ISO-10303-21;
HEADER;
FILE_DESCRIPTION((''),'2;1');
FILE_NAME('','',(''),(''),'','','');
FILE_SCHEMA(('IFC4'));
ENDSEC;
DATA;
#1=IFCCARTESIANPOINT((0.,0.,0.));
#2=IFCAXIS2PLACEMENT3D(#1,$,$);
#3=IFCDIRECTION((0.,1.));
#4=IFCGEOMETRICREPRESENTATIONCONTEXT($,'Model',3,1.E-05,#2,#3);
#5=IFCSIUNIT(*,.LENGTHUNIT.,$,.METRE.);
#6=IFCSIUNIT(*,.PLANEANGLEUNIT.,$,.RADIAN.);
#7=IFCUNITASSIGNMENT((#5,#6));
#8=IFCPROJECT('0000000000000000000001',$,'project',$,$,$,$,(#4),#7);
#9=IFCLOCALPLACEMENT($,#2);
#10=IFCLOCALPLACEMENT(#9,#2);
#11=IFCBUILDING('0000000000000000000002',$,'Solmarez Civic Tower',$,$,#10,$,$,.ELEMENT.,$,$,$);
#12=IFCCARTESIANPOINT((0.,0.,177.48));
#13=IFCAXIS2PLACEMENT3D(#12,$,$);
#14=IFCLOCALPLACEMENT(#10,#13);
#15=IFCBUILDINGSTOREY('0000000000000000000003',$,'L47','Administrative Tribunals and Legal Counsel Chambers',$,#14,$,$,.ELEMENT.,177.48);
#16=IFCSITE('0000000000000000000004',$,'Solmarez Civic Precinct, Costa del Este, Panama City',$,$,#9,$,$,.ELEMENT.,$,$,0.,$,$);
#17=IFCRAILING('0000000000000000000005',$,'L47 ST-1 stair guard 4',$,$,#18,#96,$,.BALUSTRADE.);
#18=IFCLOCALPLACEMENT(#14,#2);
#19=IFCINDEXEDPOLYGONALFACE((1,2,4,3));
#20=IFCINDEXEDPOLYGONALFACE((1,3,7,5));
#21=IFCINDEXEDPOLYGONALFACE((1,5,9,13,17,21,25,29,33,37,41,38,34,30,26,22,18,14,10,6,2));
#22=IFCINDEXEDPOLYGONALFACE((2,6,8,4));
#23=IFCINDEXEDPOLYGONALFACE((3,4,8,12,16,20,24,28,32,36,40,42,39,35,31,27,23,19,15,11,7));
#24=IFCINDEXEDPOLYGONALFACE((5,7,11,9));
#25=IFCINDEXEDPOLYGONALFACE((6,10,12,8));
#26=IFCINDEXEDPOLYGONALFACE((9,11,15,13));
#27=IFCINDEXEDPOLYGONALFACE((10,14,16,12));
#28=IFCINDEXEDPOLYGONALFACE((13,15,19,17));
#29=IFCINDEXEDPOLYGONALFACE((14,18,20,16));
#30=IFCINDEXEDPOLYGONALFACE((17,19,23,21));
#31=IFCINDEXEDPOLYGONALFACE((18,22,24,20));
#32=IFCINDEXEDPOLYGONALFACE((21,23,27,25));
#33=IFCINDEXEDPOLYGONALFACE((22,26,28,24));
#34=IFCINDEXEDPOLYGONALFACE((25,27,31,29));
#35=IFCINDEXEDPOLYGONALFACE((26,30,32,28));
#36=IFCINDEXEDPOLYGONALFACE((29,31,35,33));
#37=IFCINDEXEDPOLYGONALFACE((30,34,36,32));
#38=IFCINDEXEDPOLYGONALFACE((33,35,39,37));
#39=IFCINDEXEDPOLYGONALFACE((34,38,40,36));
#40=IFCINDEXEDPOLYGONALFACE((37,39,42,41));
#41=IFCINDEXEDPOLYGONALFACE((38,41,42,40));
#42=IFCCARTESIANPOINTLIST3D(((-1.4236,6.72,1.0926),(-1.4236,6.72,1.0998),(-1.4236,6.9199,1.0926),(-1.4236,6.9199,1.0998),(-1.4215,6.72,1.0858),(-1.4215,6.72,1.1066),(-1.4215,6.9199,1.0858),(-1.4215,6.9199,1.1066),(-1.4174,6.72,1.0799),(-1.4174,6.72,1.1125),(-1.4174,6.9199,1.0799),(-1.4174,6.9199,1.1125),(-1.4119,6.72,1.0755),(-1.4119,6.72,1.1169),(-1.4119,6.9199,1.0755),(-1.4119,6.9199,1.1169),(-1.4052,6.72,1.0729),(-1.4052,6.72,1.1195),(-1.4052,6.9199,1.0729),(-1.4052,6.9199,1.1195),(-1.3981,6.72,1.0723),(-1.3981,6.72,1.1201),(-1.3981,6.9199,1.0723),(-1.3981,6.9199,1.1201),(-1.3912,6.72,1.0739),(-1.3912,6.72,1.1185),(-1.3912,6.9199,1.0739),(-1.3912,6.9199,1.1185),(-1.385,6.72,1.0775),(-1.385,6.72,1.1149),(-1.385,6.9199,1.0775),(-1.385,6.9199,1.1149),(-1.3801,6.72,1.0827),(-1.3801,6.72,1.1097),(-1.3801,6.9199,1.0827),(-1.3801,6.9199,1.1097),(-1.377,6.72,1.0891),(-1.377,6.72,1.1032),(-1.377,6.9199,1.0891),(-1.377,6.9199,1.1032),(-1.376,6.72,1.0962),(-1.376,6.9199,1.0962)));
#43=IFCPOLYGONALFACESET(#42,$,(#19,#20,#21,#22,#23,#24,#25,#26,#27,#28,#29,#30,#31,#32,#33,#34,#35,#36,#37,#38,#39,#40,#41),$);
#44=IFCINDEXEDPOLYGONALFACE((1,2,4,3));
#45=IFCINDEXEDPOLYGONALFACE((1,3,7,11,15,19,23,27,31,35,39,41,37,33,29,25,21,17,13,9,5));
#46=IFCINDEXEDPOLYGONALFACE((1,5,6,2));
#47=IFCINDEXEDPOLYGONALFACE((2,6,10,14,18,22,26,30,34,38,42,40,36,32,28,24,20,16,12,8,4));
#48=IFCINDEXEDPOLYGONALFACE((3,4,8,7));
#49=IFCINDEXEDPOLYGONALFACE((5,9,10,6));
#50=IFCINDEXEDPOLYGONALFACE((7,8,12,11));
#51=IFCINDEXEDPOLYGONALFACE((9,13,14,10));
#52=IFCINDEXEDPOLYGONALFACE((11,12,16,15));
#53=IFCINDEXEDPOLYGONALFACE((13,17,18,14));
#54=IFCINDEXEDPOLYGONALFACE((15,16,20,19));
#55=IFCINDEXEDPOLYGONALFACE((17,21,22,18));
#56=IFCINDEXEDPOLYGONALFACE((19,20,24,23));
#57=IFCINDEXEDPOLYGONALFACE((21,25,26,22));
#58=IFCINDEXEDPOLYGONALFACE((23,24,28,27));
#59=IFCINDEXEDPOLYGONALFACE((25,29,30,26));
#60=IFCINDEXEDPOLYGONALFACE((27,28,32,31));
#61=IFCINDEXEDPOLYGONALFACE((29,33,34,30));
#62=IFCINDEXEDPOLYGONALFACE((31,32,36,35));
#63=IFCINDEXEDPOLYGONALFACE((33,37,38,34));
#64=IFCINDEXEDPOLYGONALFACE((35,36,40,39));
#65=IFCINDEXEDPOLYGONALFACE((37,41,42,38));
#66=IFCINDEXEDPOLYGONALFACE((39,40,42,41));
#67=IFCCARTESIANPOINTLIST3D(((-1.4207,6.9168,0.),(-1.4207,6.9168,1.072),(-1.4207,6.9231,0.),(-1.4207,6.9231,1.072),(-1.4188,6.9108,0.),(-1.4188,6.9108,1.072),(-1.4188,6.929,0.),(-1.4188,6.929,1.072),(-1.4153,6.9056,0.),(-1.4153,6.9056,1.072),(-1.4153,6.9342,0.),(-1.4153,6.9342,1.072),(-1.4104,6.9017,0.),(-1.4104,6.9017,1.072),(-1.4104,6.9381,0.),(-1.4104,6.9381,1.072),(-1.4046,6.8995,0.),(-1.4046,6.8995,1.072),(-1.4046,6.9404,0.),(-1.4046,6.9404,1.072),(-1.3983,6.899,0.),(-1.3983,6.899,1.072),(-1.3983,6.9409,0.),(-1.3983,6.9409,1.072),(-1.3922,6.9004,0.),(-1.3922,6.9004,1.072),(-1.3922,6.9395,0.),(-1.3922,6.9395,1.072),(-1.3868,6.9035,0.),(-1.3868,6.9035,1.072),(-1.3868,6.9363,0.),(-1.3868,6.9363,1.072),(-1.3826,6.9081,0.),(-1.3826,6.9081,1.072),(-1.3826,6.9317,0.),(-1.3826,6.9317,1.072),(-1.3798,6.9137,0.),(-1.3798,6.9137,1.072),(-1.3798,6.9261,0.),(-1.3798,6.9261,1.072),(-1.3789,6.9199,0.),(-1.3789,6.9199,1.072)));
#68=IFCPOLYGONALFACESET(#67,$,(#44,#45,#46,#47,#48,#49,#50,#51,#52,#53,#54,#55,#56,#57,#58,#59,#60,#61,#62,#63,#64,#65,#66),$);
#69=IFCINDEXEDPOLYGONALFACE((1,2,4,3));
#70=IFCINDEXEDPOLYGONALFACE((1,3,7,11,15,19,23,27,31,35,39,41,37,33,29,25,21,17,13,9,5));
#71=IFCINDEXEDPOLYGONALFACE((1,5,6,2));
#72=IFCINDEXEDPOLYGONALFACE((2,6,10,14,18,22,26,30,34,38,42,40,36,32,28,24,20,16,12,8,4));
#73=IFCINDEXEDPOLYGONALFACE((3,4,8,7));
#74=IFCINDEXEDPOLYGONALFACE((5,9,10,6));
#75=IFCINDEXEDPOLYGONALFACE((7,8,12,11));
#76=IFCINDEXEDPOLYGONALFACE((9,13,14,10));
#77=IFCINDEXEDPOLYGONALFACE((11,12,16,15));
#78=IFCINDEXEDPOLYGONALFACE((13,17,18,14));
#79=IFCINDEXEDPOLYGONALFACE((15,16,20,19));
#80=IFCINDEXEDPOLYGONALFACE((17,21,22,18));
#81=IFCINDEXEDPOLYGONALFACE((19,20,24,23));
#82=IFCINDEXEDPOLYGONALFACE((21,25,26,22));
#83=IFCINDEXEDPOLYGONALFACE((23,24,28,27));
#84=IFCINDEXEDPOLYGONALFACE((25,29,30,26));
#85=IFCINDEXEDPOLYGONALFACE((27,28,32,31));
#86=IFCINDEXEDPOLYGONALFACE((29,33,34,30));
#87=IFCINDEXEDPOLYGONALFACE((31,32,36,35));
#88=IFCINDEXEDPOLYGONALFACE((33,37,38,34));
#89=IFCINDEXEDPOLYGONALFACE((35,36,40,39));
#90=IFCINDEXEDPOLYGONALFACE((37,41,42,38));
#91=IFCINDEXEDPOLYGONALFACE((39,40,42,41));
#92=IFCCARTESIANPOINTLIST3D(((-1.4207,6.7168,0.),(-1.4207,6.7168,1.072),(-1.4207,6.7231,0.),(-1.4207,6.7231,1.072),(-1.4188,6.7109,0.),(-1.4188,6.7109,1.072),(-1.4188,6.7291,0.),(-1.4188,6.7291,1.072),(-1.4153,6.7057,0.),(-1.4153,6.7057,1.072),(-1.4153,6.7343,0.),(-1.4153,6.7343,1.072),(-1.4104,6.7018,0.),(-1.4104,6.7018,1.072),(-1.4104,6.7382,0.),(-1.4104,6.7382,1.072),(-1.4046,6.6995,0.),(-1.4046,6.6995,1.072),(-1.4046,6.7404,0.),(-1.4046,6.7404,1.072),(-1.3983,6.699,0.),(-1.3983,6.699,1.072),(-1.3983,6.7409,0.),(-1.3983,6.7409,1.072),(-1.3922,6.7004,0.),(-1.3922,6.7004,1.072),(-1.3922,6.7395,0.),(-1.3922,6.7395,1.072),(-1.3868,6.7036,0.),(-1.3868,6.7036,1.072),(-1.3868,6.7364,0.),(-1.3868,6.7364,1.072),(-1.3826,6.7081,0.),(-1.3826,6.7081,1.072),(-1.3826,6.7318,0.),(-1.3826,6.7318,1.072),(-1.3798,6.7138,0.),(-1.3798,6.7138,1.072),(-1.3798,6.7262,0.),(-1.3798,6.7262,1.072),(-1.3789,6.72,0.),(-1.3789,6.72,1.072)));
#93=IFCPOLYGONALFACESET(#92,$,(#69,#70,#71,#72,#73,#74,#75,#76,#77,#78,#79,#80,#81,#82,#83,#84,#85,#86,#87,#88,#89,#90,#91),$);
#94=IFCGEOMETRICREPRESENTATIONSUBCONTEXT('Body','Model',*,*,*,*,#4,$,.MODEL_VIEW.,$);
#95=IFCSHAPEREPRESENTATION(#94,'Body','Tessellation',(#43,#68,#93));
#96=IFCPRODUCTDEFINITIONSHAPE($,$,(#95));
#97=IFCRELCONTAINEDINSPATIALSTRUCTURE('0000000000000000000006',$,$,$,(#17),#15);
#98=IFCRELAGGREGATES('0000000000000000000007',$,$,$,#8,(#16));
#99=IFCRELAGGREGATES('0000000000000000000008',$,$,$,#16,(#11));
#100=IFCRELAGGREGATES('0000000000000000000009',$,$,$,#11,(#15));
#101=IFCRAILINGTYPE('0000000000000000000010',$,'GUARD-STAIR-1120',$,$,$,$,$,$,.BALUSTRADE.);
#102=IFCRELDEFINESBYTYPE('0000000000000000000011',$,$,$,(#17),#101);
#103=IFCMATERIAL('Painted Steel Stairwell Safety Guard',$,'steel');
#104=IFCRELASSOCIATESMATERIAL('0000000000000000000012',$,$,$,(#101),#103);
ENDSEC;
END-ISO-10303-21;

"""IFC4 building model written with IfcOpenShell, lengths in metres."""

from ifc_helpers import new_model, si_unit, direction, frame, origin, origin_2d, place, context, subcontext, project, spatial, circle, extrude, material, type_object, element, save


model = new_model("IFC4")

# Units and contexts
model_context = context("Model", 3, precision=1e-05, world=origin(), true_north=direction((0.0, 1.0)))
body_context = subcontext(model_context, "Body", "Model", "MODEL_VIEW")
ifc_project = project(units=[si_unit("LENGTHUNIT", "METRE"), si_unit("PLANEANGLEUNIT", "RADIAN")], contexts=[model_context])

# Site, building, storey
site_placement = place(None, origin())
site = spatial("IfcSite", under=ifc_project, at=site_placement, Name="Solmarez Civic Precinct, Costa del Este, Panama City", CompositionType="ELEMENT", RefElevation=0.0)
building_placement = place(site_placement, origin())
building = spatial("IfcBuilding", under=site, at=building_placement, Name="Solmarez Civic Tower", CompositionType="ELEMENT")
storey_placement = place(building_placement, frame((0.0, 0.0, 177.48)))
storey = spatial("IfcBuildingStorey", under=building, at=storey_placement, Name="L47", Description="Administrative Tribunals and Legal Counsel Chambers", CompositionType="ELEMENT", Elevation=177.48)

# Railing
ifc_material_1 = material(Name="Painted Steel Stairwell Safety Guard", Category="steel")
railing_type_1 = type_object("IfcRailingType", Name="GUARD-STAIR-1120", PredefinedType="BALUSTRADE", material=ifc_material_1)
railing_1_placement = place(storey_placement, frame((-1.3999, 6.9199, 0.0)))
element("IfcRailing", 1, at=railing_1_placement, inside=storey, type_object=railing_type_1, Name="L47 ST-1 stair guard 4", PredefinedType="BALUSTRADE", context=body_context, shape_type="SweptSolid", body=[
    extrude(circle(Radius=0.0239, at=origin_2d()), frame((0.0, 0.0, 1.0962), z_axis=(0.0, -1.0, 0.0), x_axis=(1.0, 0.0, 0.0)), (0.0, 0.0, 1.0), 0.2),
    extrude(circle(Radius=0.021, at=origin_2d()), origin(), (0.0, 0.0, 1.0), 1.072),
    extrude(circle(Radius=0.021, at=origin_2d()), frame((0.0, -0.2, 0.0)), (0.0, 0.0, 1.0), 1.072),
])

save(model, "model.ifc")
